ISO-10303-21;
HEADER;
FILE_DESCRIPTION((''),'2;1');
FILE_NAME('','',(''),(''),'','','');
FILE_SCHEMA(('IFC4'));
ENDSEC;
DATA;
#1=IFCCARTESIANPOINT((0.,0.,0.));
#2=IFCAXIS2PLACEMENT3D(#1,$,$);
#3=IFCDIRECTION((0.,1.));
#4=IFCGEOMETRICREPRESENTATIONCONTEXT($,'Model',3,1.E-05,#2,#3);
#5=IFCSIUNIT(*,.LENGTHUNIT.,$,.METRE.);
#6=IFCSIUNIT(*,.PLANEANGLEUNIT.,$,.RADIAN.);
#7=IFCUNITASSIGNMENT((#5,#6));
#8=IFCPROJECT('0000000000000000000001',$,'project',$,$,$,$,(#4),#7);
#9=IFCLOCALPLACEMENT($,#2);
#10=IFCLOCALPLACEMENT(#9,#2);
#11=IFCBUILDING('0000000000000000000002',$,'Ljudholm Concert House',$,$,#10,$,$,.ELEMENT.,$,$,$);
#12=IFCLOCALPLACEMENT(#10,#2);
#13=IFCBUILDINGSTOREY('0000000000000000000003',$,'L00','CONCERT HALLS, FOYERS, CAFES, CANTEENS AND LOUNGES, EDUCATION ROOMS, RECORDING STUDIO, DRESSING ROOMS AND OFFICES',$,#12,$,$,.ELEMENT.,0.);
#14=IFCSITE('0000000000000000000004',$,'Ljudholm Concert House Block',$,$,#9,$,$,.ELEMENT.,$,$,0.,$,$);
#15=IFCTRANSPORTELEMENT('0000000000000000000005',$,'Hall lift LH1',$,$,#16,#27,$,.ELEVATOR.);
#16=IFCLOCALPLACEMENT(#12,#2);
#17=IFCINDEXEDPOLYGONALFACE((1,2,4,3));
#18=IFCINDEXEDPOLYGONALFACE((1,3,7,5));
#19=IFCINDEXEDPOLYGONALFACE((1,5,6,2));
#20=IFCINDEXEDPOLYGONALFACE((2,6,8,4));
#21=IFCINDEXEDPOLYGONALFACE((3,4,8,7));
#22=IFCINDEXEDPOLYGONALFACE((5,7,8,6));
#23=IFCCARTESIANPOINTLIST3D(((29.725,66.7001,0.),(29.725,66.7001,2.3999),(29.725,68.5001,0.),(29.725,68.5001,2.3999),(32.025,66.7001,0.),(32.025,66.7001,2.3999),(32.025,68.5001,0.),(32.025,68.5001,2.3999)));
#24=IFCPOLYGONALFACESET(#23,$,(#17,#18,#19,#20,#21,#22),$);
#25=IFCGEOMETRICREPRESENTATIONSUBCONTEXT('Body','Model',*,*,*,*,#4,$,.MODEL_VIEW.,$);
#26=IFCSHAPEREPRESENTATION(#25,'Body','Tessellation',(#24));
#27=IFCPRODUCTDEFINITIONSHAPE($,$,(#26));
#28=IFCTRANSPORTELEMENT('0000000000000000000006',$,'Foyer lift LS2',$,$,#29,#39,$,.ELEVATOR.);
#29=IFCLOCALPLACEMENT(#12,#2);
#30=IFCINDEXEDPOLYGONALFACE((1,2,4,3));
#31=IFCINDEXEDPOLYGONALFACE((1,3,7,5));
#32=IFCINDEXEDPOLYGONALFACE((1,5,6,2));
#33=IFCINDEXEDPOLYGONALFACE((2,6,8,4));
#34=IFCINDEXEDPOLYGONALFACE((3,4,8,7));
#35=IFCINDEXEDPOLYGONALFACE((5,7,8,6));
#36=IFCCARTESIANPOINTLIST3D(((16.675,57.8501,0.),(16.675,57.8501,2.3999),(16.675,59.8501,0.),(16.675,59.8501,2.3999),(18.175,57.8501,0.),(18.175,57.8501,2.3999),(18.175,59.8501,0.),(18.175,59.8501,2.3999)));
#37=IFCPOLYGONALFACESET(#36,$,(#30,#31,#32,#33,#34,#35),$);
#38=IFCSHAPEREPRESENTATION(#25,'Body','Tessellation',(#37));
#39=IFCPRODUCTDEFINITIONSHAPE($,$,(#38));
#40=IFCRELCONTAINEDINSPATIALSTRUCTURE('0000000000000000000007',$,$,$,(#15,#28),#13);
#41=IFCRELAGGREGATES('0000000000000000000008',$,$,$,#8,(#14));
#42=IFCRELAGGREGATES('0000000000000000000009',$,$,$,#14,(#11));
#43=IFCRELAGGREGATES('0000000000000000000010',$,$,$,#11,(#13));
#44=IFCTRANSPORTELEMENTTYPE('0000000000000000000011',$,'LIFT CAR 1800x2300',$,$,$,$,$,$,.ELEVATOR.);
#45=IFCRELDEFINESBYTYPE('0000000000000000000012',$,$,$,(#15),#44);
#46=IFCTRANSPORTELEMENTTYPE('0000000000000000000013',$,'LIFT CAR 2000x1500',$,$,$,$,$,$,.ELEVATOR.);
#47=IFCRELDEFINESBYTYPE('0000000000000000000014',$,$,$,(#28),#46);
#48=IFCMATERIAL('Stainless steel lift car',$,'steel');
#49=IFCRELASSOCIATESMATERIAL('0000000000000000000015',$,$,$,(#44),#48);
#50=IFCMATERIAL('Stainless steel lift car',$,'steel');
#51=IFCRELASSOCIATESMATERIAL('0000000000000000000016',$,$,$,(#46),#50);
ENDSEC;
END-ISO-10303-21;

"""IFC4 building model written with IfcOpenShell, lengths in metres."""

from ifc_helpers import new_model, si_unit, direction, frame, origin, origin_2d, place, context, subcontext, project, spatial, rectangle, extrude, material, type_object, element, save


model = new_model("IFC4")

# Units and contexts
model_context = context("Model", 3, precision=1e-05, world=origin(), true_north=direction((0.0, 1.0)))
body_context = subcontext(model_context, "Body", "Model", "MODEL_VIEW")
ifc_project = project(units=[si_unit("LENGTHUNIT", "METRE"), si_unit("PLANEANGLEUNIT", "RADIAN")], contexts=[model_context])

# Site, building, storey
site_placement = place(None, origin())
site = spatial("IfcSite", under=ifc_project, at=site_placement, Name="Ljudholm Concert House Block", CompositionType="ELEMENT", RefElevation=0.0)
building_placement = place(site_placement, origin())
building = spatial("IfcBuilding", under=site, at=building_placement, Name="Ljudholm Concert House", CompositionType="ELEMENT")
storey_placement = place(building_placement, origin())
storey = spatial("IfcBuildingStorey", under=building, at=storey_placement, Name="L00", Description="CONCERT HALLS, FOYERS, CAFES, CANTEENS AND LOUNGES, EDUCATION ROOMS, RECORDING STUDIO, DRESSING ROOMS AND OFFICES", CompositionType="ELEMENT", Elevation=0.0)

# Transport elements
ifc_material_1 = material(Name="Stainless steel lift car", Category="steel")
transport_element_type_1 = type_object("IfcTransportElementType", Name="LIFT CAR 1800x2300", PredefinedType="ELEVATOR", material=ifc_material_1)
transport_element_1_placement = place(storey_placement, frame((30.875, 67.6001, 0.0), z_axis=(0.0, 0.0, 1.0), x_axis=(1.0, 0.0, 0.0)))
element("IfcTransportElement", 1, at=transport_element_1_placement, inside=storey, type_object=transport_element_type_1, Name="Hall lift LH1", PredefinedType="ELEVATOR", context=body_context, shape_type="SweptSolid", body=[
    extrude(rectangle(XDim=2.3, YDim=1.8, at=origin_2d()), origin(), (0.0, 0.0, 1.0), 2.3999),
])
ifc_material_2 = material(Name="Stainless steel lift car", Category="steel")
transport_element_type_2 = type_object("IfcTransportElementType", Name="LIFT CAR 2000x1500", PredefinedType="ELEVATOR", material=ifc_material_2)
transport_element_2_placement = place(storey_placement, frame((17.425, 58.8501, 0.0), z_axis=(0.0, 0.0, 1.0), x_axis=(1.0, 0.0, 0.0)))
element("IfcTransportElement", 2, at=transport_element_2_placement, inside=storey, type_object=transport_element_type_2, Name="Foyer lift LS2", PredefinedType="ELEVATOR", context=body_context, shape_type="SweptSolid", body=[
    extrude(rectangle(XDim=1.5, YDim=2.0, at=origin_2d()), origin(), (0.0, 0.0, 1.0), 2.3999),
])

save(model, "model.ifc")
